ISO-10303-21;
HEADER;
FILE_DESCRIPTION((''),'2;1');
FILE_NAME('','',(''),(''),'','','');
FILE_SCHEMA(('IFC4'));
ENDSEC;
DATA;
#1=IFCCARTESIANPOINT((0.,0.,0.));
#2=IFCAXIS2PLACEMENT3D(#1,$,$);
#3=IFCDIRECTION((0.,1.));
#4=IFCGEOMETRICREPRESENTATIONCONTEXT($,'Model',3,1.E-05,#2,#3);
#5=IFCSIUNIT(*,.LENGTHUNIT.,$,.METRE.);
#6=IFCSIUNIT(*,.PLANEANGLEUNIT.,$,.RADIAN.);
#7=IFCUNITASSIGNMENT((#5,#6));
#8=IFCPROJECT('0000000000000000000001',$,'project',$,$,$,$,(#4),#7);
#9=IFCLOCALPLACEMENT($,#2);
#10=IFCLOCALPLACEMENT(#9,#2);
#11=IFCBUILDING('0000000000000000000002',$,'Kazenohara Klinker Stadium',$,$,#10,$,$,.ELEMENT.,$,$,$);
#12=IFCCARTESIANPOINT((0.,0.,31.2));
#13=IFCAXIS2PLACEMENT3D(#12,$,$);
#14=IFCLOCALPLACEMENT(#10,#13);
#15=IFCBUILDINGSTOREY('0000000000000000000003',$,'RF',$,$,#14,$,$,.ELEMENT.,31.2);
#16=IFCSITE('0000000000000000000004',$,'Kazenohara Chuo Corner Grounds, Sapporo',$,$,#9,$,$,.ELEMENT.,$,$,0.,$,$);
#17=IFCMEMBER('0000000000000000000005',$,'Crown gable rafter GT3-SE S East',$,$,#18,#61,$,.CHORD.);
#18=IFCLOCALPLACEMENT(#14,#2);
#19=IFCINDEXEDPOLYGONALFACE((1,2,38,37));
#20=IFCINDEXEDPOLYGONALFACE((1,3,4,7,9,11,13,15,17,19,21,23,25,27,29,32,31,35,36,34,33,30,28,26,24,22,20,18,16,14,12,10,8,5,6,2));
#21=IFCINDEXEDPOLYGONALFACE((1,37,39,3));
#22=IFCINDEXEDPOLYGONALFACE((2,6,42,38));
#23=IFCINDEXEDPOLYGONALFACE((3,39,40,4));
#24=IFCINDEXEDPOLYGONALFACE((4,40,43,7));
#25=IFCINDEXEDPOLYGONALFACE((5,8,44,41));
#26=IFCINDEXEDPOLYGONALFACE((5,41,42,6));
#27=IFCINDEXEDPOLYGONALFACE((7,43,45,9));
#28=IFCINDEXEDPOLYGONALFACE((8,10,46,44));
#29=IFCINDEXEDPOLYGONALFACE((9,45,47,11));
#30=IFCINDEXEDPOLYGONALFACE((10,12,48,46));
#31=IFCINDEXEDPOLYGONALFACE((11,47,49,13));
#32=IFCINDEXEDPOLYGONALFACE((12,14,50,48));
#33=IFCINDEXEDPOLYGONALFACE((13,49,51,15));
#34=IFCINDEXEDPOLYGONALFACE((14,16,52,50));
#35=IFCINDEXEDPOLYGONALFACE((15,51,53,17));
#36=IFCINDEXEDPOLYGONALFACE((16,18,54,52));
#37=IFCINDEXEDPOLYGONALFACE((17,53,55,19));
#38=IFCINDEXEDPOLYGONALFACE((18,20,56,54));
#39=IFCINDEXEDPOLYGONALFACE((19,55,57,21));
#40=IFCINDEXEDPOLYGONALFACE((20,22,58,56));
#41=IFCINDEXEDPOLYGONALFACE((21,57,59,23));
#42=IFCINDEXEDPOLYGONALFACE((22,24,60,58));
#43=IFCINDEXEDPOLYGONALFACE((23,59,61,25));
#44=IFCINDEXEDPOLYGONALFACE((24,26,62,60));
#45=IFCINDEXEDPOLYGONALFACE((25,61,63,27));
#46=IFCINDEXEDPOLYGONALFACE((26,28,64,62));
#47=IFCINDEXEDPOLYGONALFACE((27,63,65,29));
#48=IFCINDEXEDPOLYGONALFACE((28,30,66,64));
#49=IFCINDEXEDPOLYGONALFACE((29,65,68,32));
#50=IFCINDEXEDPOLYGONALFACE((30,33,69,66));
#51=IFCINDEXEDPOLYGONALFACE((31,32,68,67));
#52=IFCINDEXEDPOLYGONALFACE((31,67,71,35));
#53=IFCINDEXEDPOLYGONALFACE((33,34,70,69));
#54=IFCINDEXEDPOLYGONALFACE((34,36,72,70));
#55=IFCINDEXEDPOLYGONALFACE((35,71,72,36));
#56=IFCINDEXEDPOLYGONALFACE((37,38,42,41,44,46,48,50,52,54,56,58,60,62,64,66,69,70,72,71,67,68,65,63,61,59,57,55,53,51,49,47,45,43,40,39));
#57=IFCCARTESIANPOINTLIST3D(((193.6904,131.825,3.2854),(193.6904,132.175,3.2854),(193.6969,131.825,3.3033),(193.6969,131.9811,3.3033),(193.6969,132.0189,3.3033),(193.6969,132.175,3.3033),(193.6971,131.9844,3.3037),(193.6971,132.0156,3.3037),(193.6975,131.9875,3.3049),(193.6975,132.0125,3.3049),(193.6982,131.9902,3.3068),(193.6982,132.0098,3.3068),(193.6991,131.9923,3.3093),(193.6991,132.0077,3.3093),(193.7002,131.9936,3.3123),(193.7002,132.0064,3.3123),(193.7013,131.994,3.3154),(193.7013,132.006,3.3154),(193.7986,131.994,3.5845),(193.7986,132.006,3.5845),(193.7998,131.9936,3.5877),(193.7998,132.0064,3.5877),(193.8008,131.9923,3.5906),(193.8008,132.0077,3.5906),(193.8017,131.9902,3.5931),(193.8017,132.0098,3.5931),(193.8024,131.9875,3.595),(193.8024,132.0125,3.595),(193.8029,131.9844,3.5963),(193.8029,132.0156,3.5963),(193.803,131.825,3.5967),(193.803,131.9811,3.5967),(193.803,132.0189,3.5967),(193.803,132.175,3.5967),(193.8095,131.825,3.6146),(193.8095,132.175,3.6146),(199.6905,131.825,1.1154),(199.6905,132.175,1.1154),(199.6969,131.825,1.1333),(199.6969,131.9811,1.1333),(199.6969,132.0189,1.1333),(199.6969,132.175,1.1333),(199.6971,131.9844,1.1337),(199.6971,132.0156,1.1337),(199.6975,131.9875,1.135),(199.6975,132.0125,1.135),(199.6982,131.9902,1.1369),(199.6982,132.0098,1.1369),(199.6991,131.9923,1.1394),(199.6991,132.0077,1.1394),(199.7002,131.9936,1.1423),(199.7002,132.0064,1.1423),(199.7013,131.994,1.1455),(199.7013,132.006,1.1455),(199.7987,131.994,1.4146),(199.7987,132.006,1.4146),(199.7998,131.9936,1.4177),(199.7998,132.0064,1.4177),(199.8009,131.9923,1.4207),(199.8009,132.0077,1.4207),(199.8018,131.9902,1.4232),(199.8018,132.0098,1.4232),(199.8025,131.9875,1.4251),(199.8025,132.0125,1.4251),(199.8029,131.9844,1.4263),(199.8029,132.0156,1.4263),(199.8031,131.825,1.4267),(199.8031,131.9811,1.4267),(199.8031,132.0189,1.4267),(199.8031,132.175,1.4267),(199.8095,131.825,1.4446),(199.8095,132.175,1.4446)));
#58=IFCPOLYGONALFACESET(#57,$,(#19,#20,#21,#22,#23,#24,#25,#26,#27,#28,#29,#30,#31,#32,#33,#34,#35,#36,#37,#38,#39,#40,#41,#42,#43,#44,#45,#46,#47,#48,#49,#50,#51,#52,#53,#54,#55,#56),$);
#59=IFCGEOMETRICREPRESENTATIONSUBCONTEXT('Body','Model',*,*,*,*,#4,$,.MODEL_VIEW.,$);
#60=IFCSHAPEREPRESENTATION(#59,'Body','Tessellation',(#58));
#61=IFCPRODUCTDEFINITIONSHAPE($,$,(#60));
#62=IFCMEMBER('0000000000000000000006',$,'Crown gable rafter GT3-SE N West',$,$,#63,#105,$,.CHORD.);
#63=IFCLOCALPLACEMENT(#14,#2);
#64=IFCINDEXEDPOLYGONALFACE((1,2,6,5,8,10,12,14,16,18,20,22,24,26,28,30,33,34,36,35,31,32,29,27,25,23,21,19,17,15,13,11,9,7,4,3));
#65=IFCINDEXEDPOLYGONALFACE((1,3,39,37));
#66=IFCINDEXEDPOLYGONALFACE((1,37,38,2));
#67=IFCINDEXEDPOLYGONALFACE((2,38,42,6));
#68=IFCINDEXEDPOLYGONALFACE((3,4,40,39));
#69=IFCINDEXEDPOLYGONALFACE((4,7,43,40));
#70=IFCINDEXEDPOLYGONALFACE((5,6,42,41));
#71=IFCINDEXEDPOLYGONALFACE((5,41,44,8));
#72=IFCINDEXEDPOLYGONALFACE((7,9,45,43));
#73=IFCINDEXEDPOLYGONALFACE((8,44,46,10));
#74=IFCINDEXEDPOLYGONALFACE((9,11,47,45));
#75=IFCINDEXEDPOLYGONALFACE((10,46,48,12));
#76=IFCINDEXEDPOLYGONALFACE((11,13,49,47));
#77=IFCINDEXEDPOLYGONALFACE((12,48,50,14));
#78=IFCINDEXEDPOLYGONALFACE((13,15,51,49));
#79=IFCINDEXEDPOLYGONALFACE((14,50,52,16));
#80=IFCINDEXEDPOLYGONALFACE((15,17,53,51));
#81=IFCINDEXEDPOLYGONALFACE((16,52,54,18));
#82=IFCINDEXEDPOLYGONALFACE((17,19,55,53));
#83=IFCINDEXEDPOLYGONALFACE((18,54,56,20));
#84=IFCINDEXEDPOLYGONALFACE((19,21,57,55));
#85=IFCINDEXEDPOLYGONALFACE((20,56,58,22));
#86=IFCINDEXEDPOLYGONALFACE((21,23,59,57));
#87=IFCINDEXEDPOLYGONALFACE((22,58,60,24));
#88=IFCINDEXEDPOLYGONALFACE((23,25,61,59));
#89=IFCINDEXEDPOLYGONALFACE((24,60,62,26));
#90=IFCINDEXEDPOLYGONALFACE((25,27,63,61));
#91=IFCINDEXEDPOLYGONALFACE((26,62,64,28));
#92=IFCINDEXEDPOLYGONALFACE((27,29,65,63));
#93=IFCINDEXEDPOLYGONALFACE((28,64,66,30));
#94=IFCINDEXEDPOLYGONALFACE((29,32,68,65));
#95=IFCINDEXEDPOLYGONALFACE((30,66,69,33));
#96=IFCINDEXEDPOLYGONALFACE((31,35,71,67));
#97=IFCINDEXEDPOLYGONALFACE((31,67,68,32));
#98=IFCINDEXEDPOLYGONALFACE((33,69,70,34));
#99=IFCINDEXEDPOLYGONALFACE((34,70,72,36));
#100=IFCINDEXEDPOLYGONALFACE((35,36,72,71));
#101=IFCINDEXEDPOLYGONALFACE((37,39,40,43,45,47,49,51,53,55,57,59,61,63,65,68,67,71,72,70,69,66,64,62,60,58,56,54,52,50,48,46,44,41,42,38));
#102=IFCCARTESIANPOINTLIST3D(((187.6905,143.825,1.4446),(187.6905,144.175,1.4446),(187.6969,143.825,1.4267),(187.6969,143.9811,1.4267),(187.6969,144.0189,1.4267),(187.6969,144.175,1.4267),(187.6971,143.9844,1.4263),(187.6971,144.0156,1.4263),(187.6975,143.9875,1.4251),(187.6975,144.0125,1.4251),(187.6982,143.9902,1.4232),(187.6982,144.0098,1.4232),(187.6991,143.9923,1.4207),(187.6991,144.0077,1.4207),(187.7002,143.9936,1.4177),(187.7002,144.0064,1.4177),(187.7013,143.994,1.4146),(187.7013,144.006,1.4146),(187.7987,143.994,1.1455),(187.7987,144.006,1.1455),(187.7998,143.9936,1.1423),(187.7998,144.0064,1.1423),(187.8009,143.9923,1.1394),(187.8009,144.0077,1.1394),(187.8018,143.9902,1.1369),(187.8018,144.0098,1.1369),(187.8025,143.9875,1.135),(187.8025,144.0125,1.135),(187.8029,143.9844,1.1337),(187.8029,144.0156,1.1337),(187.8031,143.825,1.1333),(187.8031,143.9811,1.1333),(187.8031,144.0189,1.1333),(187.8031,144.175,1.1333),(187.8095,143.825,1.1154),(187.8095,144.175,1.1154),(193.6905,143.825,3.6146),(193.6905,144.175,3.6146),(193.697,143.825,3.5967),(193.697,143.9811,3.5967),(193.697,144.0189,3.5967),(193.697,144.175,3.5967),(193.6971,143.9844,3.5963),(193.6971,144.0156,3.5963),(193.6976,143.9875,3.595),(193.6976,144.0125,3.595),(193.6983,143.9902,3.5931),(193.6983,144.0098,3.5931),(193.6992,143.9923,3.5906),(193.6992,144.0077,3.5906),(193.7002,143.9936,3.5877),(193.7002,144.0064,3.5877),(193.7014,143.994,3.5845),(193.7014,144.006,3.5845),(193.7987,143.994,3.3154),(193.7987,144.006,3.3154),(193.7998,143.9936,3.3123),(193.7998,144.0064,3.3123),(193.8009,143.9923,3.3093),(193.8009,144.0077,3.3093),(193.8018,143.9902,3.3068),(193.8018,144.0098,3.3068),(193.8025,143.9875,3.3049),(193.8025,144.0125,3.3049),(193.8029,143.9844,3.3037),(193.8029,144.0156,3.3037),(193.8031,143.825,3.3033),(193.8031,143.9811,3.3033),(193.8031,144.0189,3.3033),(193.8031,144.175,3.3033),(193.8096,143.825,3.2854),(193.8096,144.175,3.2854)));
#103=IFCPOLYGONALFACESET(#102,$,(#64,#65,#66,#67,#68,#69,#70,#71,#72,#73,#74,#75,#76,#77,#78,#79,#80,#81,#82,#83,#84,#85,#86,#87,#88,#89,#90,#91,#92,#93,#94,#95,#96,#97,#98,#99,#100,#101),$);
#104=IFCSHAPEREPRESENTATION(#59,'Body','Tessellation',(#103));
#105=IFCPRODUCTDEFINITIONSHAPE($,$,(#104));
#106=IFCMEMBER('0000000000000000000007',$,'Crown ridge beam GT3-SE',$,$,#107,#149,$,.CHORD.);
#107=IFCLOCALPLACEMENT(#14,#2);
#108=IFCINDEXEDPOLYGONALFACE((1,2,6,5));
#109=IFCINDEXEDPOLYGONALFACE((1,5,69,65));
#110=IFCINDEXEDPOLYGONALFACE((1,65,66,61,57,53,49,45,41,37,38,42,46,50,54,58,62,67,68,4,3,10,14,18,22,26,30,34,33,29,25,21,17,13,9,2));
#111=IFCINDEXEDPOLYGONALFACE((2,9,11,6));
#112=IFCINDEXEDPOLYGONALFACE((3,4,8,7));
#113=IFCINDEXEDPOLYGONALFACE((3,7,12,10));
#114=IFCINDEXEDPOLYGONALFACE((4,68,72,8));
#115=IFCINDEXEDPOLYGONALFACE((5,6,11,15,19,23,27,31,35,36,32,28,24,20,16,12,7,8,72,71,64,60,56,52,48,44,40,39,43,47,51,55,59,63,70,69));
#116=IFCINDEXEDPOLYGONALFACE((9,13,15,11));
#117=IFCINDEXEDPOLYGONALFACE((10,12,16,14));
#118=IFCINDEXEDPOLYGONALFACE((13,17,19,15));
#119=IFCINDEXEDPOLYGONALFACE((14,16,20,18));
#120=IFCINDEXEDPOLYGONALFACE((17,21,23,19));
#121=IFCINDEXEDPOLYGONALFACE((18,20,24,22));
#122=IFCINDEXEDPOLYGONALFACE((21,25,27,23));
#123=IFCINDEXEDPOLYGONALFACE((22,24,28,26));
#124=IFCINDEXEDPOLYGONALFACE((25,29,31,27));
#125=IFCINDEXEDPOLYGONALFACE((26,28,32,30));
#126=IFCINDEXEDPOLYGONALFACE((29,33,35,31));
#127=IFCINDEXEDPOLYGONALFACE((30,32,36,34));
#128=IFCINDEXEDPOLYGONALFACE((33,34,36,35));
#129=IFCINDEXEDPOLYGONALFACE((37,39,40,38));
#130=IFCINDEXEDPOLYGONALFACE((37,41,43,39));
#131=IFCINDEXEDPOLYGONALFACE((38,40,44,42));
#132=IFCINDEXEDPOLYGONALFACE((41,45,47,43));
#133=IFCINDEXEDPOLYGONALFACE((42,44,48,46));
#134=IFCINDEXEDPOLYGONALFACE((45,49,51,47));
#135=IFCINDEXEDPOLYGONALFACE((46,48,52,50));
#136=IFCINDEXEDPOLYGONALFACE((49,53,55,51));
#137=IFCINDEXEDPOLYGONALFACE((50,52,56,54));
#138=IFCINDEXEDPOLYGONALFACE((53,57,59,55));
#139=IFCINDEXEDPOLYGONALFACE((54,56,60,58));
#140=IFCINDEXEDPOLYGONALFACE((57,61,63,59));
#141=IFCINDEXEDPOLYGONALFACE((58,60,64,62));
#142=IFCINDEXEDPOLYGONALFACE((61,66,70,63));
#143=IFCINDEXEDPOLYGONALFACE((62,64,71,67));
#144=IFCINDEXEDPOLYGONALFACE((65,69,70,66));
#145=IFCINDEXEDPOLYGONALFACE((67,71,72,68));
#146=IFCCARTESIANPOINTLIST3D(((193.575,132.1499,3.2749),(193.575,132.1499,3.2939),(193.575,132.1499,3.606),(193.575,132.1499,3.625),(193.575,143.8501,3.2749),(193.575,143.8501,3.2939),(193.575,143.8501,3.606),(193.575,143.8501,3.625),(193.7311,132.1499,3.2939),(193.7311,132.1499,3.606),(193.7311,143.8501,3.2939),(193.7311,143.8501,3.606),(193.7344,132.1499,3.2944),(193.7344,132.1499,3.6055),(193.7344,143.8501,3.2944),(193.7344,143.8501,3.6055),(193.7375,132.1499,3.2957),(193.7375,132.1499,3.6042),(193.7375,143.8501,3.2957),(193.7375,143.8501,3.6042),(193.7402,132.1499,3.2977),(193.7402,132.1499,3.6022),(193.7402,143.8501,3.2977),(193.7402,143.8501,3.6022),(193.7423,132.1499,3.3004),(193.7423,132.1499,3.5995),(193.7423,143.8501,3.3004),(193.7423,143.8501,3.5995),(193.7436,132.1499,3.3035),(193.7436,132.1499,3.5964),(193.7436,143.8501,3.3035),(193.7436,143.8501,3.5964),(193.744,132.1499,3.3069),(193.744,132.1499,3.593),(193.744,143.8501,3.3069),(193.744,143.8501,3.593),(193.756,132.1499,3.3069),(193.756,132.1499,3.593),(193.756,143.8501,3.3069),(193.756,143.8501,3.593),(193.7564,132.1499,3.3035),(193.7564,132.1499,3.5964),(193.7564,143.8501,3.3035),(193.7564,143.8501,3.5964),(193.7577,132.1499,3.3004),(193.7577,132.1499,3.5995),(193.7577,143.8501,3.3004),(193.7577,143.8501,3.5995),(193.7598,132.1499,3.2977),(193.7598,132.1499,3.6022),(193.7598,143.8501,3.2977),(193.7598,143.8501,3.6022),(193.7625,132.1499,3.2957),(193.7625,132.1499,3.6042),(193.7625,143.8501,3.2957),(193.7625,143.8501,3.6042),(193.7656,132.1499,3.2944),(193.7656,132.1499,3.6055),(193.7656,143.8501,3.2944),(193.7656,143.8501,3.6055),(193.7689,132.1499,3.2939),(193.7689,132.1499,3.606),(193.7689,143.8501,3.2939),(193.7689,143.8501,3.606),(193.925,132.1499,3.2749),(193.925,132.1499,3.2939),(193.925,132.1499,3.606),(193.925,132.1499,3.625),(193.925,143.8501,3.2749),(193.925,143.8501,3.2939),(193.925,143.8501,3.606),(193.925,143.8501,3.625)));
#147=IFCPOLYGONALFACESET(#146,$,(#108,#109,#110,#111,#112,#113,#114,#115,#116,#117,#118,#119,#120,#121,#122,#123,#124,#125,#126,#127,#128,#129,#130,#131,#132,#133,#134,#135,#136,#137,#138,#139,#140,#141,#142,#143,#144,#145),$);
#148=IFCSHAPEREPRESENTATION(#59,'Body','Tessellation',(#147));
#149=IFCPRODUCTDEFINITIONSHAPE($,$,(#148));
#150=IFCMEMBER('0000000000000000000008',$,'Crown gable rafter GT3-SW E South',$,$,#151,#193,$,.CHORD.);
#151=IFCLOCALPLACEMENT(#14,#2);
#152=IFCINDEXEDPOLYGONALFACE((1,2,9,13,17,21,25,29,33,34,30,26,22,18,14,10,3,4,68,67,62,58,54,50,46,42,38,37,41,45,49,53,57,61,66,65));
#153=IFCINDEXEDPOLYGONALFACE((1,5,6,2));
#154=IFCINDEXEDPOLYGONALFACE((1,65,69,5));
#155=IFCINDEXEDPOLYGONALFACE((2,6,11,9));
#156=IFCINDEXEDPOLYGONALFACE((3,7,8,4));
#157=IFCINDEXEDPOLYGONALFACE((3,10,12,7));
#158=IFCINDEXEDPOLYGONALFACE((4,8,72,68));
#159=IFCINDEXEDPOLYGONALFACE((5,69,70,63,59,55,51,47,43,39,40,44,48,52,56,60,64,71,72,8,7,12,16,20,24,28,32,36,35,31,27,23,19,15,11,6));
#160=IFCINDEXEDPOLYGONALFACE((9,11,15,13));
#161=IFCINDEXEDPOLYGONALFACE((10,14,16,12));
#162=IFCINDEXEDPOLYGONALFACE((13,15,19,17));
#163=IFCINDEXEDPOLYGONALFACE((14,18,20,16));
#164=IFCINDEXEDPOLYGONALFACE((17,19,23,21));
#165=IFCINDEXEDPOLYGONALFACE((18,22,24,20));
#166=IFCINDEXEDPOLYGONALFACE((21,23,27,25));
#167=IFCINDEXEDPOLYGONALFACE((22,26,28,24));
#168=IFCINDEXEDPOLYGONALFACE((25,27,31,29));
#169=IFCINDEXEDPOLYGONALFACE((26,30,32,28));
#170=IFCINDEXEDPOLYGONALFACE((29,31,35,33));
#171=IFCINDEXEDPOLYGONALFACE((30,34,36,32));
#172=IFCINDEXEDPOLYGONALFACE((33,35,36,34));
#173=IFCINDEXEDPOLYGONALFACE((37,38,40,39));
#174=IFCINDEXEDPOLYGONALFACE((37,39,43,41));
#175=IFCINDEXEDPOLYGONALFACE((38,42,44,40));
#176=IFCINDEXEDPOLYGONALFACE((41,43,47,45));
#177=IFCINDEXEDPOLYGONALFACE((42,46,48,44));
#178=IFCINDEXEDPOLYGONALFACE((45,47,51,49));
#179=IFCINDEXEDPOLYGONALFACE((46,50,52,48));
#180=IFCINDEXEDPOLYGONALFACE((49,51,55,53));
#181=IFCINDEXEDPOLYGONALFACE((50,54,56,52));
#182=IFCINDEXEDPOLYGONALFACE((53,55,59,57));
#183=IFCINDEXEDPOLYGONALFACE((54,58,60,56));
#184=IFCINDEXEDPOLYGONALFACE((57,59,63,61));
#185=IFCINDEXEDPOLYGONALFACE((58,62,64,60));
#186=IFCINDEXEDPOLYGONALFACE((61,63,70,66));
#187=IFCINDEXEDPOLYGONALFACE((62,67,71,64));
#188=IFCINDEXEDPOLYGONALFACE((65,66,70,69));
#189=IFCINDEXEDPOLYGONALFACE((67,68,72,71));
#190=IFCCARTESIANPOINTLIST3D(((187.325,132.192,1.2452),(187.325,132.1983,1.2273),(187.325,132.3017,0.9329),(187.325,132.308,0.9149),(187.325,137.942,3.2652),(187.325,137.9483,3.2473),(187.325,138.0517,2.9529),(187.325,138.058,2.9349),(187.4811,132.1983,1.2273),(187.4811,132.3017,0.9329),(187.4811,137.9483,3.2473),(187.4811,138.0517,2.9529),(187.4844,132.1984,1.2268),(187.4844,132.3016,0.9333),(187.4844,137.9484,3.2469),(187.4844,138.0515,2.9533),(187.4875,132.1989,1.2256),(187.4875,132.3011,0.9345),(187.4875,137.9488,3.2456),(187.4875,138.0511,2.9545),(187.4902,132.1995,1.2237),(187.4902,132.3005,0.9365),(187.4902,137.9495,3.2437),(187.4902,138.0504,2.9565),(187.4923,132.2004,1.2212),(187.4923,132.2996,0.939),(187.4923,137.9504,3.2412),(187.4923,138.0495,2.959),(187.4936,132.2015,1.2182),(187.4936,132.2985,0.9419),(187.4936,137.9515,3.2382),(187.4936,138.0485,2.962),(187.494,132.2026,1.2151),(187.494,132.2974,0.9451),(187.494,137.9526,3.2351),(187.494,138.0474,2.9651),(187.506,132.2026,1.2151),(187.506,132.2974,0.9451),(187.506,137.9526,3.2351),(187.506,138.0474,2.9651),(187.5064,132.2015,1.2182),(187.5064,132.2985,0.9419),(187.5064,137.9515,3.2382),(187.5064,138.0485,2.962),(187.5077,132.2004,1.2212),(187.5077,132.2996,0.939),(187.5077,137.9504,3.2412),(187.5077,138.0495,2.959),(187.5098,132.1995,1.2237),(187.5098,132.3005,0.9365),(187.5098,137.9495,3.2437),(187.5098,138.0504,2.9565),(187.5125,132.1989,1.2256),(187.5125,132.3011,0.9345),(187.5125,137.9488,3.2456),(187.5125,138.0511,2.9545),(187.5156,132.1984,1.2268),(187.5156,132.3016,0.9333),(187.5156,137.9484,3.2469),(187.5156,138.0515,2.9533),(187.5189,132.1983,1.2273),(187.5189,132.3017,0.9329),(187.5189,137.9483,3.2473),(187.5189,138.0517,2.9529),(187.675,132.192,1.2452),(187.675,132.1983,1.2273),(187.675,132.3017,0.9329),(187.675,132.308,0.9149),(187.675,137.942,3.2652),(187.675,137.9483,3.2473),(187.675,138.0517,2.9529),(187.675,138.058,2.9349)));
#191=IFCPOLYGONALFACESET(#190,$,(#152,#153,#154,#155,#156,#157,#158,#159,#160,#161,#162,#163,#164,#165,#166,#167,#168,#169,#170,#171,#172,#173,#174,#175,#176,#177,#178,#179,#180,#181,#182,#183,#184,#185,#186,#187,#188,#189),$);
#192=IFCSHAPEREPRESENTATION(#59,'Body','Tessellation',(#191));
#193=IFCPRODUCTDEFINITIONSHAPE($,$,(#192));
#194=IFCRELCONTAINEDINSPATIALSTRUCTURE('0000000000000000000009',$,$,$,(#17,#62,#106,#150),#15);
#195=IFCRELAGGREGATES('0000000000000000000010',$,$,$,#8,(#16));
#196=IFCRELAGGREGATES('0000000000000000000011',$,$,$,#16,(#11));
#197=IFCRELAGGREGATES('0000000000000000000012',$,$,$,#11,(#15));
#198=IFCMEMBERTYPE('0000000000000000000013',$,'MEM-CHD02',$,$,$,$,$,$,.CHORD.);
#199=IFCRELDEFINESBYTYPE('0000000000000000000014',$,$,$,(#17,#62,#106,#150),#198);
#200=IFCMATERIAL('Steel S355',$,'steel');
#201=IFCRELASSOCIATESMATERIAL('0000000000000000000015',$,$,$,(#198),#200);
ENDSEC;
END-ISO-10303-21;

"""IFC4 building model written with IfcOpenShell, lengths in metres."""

from ifc_helpers import new_model, si_unit, direction, frame, origin, origin_2d, place, context, subcontext, project, spatial, i_section, extrude, material, material_profile, profile_set, type_object, element, save


model = new_model("IFC4")

# Units and contexts
model_context = context("Model", 3, precision=1e-05, world=origin(), true_north=direction((0.0, 1.0)))
body_context = subcontext(model_context, "Body", "Model", "MODEL_VIEW")
ifc_project = project(units=[si_unit("LENGTHUNIT", "METRE"), si_unit("PLANEANGLEUNIT", "RADIAN")], contexts=[model_context])

# Site, building, storey
site_placement = place(None, origin())
site = spatial("IfcSite", under=ifc_project, at=site_placement, Name="Kazenohara Chuo Corner Grounds, Sapporo", CompositionType="ELEMENT", RefElevation=0.0)
building_placement = place(site_placement, origin())
building = spatial("IfcBuilding", under=site, at=building_placement, Name="Kazenohara Klinker Stadium", CompositionType="ELEMENT")
storey_placement = place(building_placement, frame((0.0, 0.0, 31.2)))
storey = spatial("IfcBuildingStorey", under=building, at=storey_placement, Name="RF", CompositionType="ELEMENT", Elevation=31.2)

# Members
ifc_material_1 = material(Name="Steel S355", Category="steel")
ifc_material_profile_1 = material_profile(ifc_material_1, i_section(OverallWidth=0.3501, OverallDepth=0.3501, WebThickness=0.012, FlangeThickness=0.019, FilletRadius=0.0129, at=origin_2d()), Name="H-350x350x12x19")
ifc_profile_set_1 = profile_set([ifc_material_profile_1], Name="Steel S355")
member_type_1 = type_object("IfcMemberType", Name="MEM-CHD02", PredefinedType="CHORD", material=ifc_profile_set_1)
for number, where, z_axis, x_axis, name in (
    (1, (199.75, 132.0, 1.28), (-0.940391, 0.0, 0.340096), (0.0, -1.0, 0.0), "Crown gable rafter GT3-SE S East"),
    (2, (187.75, 144.0, 1.28), (0.940391, 0.0, 0.340096), (0.0, 1.0, 0.0), "Crown gable rafter GT3-SE N West"),
):
    element("IfcMember", number, at=place(storey_placement, frame(where, z_axis=z_axis, x_axis=x_axis)), inside=storey, type_object=member_type_1, Name=name, PredefinedType="CHORD", context=body_context, shape_type="SweptSolid", body=[
        extrude(i_section(OverallWidth=0.3501, OverallDepth=0.3501, WebThickness=0.012, FlangeThickness=0.019, FilletRadius=0.0129, at=origin_2d()), origin(), (0.0, 0.0, 1.0), 6.3804),
    ])
member_1_placement = place(storey_placement, frame((193.75, 132.1499, 3.45), z_axis=(0.0, 1.0, 0.0), x_axis=(-1.0, 0.0, 0.0)))
element("IfcMember", 3, at=member_1_placement, inside=storey, type_object=member_type_1, Name="Crown ridge beam GT3-SE", PredefinedType="CHORD", context=body_context, shape_type="SweptSolid", body=[
    extrude(i_section(OverallWidth=0.3501, OverallDepth=0.3501, WebThickness=0.012, FlangeThickness=0.019, FilletRadius=0.0129, at=origin_2d()), origin(), (0.0, 0.0, 1.0), 11.7002),
])
for number, where, z_axis, x_axis, name in (
    (4, (187.5, 132.25, 1.0801), (0.0, 0.943473, 0.331449), (-1.0, 0.0, 0.0), "Crown gable rafter GT3-SW E South"),
):
    element("IfcMember", number, at=place(storey_placement, frame(where, z_axis=z_axis, x_axis=x_axis)), inside=storey, type_object=member_type_1, Name=name, PredefinedType="CHORD", context=body_context, shape_type="SweptSolid", body=[
        extrude(i_section(OverallWidth=0.3501, OverallDepth=0.3501, WebThickness=0.012, FlangeThickness=0.019, FilletRadius=0.0129, at=origin_2d()), origin(), (0.0, 0.0, 1.0), 6.0945),
    ])

save(model, "model.ifc")
